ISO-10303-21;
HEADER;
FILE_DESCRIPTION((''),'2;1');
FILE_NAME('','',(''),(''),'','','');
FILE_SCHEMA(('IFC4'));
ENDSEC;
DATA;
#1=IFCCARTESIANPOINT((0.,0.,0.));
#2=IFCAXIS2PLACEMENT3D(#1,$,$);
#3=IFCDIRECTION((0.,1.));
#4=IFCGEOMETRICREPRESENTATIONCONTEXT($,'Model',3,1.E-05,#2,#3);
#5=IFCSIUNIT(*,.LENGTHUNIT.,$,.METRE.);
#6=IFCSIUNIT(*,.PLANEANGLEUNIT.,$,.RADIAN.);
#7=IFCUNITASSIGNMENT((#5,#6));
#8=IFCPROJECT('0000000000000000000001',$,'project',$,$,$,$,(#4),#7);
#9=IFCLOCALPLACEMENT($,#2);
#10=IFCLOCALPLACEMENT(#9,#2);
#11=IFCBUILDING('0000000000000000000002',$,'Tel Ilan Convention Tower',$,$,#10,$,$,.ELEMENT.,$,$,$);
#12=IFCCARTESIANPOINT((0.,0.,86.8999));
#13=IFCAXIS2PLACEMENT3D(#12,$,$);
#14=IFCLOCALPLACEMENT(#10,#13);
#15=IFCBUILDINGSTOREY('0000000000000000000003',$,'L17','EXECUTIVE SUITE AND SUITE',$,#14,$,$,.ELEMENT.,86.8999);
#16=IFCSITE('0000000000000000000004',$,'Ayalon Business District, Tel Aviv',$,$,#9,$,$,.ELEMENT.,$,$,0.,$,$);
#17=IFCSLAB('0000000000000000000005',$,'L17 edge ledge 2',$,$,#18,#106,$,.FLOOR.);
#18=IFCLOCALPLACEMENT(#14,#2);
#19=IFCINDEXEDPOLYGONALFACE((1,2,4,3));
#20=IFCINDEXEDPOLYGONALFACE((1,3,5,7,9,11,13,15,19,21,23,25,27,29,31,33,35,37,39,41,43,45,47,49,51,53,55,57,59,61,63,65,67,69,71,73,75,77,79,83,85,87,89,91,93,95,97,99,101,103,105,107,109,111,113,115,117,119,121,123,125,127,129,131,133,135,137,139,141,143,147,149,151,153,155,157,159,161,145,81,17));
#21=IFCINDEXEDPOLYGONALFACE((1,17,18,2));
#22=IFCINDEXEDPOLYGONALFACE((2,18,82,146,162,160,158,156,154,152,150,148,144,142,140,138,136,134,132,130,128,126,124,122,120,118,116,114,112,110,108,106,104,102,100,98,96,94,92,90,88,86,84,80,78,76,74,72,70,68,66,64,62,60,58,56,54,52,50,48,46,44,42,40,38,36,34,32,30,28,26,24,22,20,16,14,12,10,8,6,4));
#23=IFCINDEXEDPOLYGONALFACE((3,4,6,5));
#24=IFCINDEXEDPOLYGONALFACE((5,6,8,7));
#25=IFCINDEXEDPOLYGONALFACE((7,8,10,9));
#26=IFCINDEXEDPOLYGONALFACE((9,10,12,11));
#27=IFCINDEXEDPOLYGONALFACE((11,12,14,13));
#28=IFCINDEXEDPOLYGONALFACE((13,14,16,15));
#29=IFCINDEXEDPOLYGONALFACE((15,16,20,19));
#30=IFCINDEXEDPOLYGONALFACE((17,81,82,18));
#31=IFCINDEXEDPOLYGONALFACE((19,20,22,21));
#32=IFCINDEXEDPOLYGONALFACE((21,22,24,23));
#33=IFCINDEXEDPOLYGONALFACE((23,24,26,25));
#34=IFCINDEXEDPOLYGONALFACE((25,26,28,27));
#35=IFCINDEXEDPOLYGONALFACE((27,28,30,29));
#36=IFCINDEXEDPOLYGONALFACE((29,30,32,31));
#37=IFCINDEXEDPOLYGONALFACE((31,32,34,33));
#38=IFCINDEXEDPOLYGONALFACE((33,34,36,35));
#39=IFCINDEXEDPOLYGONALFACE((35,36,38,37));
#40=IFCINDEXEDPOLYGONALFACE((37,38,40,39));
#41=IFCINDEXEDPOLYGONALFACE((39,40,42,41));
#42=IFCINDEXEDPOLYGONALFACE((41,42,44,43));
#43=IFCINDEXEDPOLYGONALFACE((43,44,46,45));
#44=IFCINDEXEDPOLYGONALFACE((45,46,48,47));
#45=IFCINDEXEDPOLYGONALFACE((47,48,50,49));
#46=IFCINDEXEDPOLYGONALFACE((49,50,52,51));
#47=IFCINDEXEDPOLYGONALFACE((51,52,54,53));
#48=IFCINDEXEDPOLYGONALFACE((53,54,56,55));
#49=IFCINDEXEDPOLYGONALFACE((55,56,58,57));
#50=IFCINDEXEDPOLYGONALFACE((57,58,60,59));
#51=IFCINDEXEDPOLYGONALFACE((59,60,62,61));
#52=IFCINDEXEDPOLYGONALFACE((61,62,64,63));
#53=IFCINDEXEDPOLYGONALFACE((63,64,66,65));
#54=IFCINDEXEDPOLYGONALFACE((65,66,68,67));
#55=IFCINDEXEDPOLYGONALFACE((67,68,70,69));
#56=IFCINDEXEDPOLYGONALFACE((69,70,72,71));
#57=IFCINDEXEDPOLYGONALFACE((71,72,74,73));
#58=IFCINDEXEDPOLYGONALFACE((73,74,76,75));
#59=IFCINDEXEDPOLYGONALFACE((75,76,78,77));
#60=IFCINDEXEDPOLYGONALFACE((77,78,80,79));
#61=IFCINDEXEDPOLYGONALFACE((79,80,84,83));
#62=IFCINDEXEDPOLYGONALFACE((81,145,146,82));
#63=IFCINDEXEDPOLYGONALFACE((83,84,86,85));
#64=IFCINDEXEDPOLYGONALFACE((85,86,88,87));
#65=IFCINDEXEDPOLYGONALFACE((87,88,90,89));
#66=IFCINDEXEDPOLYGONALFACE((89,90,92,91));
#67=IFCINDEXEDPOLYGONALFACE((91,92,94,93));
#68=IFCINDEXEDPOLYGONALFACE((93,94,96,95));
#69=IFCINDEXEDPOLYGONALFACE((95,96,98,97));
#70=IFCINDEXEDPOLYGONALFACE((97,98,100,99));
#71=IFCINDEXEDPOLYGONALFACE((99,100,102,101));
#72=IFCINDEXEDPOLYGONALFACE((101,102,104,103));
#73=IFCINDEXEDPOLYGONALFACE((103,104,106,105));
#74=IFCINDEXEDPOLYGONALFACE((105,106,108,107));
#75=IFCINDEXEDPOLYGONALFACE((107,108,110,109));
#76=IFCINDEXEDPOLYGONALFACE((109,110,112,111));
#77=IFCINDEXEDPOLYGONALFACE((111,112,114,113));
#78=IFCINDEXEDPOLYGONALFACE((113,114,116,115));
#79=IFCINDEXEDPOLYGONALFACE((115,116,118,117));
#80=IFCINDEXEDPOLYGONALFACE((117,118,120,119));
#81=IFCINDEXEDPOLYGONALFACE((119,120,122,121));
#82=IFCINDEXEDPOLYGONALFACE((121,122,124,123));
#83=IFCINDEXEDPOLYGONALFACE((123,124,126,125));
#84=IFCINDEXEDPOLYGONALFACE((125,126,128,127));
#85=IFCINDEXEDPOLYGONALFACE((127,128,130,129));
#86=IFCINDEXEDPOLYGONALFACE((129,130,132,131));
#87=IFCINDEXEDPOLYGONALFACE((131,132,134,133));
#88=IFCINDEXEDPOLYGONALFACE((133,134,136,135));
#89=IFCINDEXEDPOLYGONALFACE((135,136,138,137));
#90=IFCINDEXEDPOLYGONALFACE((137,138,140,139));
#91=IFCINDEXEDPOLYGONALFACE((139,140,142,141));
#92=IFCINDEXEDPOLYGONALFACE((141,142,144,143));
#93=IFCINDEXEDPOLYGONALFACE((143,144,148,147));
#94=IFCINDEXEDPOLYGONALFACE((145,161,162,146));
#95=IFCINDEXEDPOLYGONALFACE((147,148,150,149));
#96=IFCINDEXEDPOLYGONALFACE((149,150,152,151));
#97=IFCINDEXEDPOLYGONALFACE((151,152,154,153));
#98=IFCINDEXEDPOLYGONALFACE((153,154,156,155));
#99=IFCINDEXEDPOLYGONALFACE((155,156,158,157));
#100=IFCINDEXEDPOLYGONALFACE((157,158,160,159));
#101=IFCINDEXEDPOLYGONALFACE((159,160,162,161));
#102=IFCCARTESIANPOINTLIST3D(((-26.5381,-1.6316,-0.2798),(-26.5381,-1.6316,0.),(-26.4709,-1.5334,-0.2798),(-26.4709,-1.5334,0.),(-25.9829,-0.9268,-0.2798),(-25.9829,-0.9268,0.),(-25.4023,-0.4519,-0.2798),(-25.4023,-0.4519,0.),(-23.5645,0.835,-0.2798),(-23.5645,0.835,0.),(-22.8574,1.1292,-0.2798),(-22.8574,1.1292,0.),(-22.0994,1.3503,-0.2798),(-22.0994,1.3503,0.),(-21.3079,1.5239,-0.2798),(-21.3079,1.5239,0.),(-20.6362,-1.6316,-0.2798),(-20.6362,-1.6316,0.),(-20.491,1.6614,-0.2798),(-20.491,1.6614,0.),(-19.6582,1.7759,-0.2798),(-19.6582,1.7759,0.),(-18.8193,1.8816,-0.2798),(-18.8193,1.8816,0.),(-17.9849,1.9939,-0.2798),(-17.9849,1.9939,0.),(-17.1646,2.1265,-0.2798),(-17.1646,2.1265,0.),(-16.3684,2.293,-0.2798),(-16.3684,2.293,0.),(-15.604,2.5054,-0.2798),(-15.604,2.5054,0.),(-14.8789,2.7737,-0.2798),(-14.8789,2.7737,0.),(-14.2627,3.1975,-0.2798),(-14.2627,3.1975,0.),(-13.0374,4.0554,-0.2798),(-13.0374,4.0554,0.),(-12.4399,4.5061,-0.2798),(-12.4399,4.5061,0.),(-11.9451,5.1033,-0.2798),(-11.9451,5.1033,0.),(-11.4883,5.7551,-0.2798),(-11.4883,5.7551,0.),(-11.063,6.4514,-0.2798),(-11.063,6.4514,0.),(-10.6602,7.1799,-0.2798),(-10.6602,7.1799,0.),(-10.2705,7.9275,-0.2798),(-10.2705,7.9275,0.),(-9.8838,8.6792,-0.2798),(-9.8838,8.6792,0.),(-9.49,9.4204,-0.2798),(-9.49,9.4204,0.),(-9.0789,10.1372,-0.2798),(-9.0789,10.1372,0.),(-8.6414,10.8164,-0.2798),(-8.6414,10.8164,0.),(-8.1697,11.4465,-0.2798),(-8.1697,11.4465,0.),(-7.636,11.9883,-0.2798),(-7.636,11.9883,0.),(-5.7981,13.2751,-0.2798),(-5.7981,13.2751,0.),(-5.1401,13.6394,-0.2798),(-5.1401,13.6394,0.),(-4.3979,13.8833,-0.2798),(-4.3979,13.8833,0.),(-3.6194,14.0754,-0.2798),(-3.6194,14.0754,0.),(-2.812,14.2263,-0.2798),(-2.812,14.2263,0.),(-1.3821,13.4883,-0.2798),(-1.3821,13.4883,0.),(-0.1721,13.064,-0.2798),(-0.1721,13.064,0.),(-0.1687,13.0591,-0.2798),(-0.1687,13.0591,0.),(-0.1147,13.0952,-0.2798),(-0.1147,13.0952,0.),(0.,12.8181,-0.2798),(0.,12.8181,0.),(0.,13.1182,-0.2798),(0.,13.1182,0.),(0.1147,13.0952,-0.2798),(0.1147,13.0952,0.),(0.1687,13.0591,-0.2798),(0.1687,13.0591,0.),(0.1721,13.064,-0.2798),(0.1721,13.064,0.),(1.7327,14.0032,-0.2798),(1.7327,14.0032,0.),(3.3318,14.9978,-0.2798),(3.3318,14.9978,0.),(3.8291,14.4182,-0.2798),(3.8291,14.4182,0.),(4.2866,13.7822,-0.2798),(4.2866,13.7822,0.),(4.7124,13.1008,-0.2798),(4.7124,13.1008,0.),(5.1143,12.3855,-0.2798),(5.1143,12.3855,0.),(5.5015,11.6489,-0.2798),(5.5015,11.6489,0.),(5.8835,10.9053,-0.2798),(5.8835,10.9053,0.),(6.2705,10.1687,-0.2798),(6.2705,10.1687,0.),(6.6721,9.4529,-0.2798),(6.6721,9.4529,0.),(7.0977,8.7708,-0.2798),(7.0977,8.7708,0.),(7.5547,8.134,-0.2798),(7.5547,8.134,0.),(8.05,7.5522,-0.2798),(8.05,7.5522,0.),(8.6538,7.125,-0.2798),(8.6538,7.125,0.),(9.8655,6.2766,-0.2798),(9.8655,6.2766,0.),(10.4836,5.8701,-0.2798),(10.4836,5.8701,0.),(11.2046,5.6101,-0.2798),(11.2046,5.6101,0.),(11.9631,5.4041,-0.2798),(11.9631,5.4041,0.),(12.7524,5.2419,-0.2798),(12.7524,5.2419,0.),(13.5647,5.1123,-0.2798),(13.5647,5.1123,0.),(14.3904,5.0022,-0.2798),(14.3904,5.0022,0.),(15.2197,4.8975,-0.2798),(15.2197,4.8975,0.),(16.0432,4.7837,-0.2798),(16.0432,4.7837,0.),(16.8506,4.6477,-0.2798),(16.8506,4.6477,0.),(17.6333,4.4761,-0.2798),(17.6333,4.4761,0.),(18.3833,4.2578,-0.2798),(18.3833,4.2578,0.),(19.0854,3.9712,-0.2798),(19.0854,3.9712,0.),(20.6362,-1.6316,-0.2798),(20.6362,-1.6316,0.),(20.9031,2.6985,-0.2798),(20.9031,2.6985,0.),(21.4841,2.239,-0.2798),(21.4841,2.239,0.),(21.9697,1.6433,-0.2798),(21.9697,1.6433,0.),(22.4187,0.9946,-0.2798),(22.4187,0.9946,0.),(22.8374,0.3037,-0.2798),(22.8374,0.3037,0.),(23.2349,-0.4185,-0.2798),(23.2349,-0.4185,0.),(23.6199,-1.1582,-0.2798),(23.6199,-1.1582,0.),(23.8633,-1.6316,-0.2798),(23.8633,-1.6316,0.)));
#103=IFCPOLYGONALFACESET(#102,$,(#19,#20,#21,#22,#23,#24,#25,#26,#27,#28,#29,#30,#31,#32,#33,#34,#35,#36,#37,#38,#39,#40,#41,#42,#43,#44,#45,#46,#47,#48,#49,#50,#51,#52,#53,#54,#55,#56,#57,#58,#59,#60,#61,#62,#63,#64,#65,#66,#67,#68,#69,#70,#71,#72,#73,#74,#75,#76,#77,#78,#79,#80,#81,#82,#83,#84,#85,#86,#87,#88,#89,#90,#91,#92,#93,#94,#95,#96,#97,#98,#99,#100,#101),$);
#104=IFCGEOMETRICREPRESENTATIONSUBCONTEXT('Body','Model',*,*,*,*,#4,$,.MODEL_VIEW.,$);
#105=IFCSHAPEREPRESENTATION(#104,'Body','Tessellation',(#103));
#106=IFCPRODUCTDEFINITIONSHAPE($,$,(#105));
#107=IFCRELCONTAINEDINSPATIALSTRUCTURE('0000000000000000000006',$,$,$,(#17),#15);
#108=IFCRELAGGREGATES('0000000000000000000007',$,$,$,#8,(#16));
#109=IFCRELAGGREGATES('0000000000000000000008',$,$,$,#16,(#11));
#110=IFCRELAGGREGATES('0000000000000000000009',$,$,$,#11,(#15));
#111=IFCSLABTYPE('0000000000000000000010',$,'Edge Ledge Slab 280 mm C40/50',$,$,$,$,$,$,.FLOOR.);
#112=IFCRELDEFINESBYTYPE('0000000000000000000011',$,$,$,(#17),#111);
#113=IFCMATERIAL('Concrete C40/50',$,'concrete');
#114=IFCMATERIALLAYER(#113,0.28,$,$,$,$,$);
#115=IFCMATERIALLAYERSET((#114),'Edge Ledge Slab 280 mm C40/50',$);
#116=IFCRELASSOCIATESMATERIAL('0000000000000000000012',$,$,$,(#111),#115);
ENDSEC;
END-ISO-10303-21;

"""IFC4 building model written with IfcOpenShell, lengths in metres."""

from ifc_helpers import new_model, si_unit, direction, frame, origin, place, context, subcontext, project, spatial, polyline, outline, extrude, material, layer, layer_set, type_object, element, save


model = new_model("IFC4")

# Units and contexts
model_context = context("Model", 3, precision=1e-05, world=origin(), true_north=direction((0.0, 1.0)))
body_context = subcontext(model_context, "Body", "Model", "MODEL_VIEW")
ifc_project = project(units=[si_unit("LENGTHUNIT", "METRE"), si_unit("PLANEANGLEUNIT", "RADIAN")], contexts=[model_context])

# Site, building, storey
site_placement = place(None, origin())
site = spatial("IfcSite", under=ifc_project, at=site_placement, Name="Ayalon Business District, Tel Aviv", CompositionType="ELEMENT", RefElevation=0.0)
building_placement = place(site_placement, origin())
building = spatial("IfcBuilding", under=site, at=building_placement, Name="Tel Ilan Convention Tower", CompositionType="ELEMENT")
storey_placement = place(building_placement, frame((0.0, 0.0, 86.8999)))
storey = spatial("IfcBuildingStorey", under=building, at=storey_placement, Name="L17", Description="EXECUTIVE SUITE AND SUITE", CompositionType="ELEMENT", Elevation=86.8999)

# Slab
ifc_material_1 = material(Name="Concrete C40/50", Category="concrete")
ifc_layer_1 = layer(ifc_material_1, 0.28)
ifc_layer_set_1 = layer_set([ifc_layer_1], Name="Edge Ledge Slab 280 mm C40/50")
slab_type_1 = type_object("IfcSlabType", Name="Edge Ledge Slab 280 mm C40/50", PredefinedType="FLOOR", material=ifc_layer_set_1)
slab_1_placement = place(storey_placement, frame((0.0, 0.0, -0.2798)))
element("IfcSlab", 1, at=slab_1_placement, inside=storey, type_object=slab_type_1, Name="L17 edge ledge 2", PredefinedType="FLOOR", context=body_context, shape_type="SweptSolid", body=[
    extrude(outline(polyline([(-23.5645, 0.835), (-22.8574, 1.1292), (-22.0994, 1.3503), (-21.3079, 1.5239), (-20.491, 1.6614), (-19.6582, 1.7759), (-18.8193, 1.8816), (-17.9849, 1.9939), (-17.1646, 2.1265), (-16.3684, 2.293), (-15.604, 2.5054), (-14.8789, 2.7737), (-14.2627, 3.1975), (-13.0374, 4.0554), (-12.4399, 4.5061), (-11.9451, 5.1033), (-11.4883, 5.7551), (-11.063, 6.4514), (-10.6602, 7.1799), (-10.2705, 7.9275), (-9.8838, 8.6792), (-9.49, 9.4204), (-9.0789, 10.1372), (-8.6414, 10.8164), (-8.1697, 11.4465), (-7.636, 11.9883), (-5.7981, 13.2751), (-5.1401, 13.6394), (-4.3979, 13.8833), (-3.6194, 14.0754), (-2.812, 14.2263), (-1.3821, 13.4883), (-0.1721, 13.064), (-0.1687, 13.0591), (-0.1147, 13.0952), (0.0, 13.1182), (0.1147, 13.0952), (0.1687, 13.0591), (0.1721, 13.064), (1.7327, 14.0032), (3.3318, 14.9978), (3.8291, 14.4182), (4.2866, 13.7822), (4.7124, 13.1008), (5.1143, 12.3855), (5.5015, 11.6489), (5.8835, 10.9053), (6.2705, 10.1687), (6.6721, 9.4529), (7.0977, 8.7708), (7.5547, 8.134), (8.05, 7.5522), (8.6538, 7.125), (9.8655, 6.2766), (10.4836, 5.8701), (11.2046, 5.6101), (11.9631, 5.4041), (12.7524, 5.2419), (13.5647, 5.1123), (14.3904, 5.0022), (15.2197, 4.8975), (16.0432, 4.7837), (16.8506, 4.6477), (17.6333, 4.4761), (18.3833, 4.2578), (19.0854, 3.9712), (20.9031, 2.6985), (21.4841, 2.239), (21.9697, 1.6433), (22.4187, 0.9946), (22.8374, 0.3037), (23.2349, -0.4185), (23.6199, -1.1582), (23.8633, -1.6316), (20.6362, -1.6316), (0.0, 12.8181), (-20.6362, -1.6316), (-26.5381, -1.6316), (-26.4709, -1.5334), (-25.9829, -0.9268), (-25.4023, -0.4519), (-23.5645, 0.835)])), origin(), (0.0, 0.0, 1.0), 0.2798),
])

save(model, "model.ifc")
